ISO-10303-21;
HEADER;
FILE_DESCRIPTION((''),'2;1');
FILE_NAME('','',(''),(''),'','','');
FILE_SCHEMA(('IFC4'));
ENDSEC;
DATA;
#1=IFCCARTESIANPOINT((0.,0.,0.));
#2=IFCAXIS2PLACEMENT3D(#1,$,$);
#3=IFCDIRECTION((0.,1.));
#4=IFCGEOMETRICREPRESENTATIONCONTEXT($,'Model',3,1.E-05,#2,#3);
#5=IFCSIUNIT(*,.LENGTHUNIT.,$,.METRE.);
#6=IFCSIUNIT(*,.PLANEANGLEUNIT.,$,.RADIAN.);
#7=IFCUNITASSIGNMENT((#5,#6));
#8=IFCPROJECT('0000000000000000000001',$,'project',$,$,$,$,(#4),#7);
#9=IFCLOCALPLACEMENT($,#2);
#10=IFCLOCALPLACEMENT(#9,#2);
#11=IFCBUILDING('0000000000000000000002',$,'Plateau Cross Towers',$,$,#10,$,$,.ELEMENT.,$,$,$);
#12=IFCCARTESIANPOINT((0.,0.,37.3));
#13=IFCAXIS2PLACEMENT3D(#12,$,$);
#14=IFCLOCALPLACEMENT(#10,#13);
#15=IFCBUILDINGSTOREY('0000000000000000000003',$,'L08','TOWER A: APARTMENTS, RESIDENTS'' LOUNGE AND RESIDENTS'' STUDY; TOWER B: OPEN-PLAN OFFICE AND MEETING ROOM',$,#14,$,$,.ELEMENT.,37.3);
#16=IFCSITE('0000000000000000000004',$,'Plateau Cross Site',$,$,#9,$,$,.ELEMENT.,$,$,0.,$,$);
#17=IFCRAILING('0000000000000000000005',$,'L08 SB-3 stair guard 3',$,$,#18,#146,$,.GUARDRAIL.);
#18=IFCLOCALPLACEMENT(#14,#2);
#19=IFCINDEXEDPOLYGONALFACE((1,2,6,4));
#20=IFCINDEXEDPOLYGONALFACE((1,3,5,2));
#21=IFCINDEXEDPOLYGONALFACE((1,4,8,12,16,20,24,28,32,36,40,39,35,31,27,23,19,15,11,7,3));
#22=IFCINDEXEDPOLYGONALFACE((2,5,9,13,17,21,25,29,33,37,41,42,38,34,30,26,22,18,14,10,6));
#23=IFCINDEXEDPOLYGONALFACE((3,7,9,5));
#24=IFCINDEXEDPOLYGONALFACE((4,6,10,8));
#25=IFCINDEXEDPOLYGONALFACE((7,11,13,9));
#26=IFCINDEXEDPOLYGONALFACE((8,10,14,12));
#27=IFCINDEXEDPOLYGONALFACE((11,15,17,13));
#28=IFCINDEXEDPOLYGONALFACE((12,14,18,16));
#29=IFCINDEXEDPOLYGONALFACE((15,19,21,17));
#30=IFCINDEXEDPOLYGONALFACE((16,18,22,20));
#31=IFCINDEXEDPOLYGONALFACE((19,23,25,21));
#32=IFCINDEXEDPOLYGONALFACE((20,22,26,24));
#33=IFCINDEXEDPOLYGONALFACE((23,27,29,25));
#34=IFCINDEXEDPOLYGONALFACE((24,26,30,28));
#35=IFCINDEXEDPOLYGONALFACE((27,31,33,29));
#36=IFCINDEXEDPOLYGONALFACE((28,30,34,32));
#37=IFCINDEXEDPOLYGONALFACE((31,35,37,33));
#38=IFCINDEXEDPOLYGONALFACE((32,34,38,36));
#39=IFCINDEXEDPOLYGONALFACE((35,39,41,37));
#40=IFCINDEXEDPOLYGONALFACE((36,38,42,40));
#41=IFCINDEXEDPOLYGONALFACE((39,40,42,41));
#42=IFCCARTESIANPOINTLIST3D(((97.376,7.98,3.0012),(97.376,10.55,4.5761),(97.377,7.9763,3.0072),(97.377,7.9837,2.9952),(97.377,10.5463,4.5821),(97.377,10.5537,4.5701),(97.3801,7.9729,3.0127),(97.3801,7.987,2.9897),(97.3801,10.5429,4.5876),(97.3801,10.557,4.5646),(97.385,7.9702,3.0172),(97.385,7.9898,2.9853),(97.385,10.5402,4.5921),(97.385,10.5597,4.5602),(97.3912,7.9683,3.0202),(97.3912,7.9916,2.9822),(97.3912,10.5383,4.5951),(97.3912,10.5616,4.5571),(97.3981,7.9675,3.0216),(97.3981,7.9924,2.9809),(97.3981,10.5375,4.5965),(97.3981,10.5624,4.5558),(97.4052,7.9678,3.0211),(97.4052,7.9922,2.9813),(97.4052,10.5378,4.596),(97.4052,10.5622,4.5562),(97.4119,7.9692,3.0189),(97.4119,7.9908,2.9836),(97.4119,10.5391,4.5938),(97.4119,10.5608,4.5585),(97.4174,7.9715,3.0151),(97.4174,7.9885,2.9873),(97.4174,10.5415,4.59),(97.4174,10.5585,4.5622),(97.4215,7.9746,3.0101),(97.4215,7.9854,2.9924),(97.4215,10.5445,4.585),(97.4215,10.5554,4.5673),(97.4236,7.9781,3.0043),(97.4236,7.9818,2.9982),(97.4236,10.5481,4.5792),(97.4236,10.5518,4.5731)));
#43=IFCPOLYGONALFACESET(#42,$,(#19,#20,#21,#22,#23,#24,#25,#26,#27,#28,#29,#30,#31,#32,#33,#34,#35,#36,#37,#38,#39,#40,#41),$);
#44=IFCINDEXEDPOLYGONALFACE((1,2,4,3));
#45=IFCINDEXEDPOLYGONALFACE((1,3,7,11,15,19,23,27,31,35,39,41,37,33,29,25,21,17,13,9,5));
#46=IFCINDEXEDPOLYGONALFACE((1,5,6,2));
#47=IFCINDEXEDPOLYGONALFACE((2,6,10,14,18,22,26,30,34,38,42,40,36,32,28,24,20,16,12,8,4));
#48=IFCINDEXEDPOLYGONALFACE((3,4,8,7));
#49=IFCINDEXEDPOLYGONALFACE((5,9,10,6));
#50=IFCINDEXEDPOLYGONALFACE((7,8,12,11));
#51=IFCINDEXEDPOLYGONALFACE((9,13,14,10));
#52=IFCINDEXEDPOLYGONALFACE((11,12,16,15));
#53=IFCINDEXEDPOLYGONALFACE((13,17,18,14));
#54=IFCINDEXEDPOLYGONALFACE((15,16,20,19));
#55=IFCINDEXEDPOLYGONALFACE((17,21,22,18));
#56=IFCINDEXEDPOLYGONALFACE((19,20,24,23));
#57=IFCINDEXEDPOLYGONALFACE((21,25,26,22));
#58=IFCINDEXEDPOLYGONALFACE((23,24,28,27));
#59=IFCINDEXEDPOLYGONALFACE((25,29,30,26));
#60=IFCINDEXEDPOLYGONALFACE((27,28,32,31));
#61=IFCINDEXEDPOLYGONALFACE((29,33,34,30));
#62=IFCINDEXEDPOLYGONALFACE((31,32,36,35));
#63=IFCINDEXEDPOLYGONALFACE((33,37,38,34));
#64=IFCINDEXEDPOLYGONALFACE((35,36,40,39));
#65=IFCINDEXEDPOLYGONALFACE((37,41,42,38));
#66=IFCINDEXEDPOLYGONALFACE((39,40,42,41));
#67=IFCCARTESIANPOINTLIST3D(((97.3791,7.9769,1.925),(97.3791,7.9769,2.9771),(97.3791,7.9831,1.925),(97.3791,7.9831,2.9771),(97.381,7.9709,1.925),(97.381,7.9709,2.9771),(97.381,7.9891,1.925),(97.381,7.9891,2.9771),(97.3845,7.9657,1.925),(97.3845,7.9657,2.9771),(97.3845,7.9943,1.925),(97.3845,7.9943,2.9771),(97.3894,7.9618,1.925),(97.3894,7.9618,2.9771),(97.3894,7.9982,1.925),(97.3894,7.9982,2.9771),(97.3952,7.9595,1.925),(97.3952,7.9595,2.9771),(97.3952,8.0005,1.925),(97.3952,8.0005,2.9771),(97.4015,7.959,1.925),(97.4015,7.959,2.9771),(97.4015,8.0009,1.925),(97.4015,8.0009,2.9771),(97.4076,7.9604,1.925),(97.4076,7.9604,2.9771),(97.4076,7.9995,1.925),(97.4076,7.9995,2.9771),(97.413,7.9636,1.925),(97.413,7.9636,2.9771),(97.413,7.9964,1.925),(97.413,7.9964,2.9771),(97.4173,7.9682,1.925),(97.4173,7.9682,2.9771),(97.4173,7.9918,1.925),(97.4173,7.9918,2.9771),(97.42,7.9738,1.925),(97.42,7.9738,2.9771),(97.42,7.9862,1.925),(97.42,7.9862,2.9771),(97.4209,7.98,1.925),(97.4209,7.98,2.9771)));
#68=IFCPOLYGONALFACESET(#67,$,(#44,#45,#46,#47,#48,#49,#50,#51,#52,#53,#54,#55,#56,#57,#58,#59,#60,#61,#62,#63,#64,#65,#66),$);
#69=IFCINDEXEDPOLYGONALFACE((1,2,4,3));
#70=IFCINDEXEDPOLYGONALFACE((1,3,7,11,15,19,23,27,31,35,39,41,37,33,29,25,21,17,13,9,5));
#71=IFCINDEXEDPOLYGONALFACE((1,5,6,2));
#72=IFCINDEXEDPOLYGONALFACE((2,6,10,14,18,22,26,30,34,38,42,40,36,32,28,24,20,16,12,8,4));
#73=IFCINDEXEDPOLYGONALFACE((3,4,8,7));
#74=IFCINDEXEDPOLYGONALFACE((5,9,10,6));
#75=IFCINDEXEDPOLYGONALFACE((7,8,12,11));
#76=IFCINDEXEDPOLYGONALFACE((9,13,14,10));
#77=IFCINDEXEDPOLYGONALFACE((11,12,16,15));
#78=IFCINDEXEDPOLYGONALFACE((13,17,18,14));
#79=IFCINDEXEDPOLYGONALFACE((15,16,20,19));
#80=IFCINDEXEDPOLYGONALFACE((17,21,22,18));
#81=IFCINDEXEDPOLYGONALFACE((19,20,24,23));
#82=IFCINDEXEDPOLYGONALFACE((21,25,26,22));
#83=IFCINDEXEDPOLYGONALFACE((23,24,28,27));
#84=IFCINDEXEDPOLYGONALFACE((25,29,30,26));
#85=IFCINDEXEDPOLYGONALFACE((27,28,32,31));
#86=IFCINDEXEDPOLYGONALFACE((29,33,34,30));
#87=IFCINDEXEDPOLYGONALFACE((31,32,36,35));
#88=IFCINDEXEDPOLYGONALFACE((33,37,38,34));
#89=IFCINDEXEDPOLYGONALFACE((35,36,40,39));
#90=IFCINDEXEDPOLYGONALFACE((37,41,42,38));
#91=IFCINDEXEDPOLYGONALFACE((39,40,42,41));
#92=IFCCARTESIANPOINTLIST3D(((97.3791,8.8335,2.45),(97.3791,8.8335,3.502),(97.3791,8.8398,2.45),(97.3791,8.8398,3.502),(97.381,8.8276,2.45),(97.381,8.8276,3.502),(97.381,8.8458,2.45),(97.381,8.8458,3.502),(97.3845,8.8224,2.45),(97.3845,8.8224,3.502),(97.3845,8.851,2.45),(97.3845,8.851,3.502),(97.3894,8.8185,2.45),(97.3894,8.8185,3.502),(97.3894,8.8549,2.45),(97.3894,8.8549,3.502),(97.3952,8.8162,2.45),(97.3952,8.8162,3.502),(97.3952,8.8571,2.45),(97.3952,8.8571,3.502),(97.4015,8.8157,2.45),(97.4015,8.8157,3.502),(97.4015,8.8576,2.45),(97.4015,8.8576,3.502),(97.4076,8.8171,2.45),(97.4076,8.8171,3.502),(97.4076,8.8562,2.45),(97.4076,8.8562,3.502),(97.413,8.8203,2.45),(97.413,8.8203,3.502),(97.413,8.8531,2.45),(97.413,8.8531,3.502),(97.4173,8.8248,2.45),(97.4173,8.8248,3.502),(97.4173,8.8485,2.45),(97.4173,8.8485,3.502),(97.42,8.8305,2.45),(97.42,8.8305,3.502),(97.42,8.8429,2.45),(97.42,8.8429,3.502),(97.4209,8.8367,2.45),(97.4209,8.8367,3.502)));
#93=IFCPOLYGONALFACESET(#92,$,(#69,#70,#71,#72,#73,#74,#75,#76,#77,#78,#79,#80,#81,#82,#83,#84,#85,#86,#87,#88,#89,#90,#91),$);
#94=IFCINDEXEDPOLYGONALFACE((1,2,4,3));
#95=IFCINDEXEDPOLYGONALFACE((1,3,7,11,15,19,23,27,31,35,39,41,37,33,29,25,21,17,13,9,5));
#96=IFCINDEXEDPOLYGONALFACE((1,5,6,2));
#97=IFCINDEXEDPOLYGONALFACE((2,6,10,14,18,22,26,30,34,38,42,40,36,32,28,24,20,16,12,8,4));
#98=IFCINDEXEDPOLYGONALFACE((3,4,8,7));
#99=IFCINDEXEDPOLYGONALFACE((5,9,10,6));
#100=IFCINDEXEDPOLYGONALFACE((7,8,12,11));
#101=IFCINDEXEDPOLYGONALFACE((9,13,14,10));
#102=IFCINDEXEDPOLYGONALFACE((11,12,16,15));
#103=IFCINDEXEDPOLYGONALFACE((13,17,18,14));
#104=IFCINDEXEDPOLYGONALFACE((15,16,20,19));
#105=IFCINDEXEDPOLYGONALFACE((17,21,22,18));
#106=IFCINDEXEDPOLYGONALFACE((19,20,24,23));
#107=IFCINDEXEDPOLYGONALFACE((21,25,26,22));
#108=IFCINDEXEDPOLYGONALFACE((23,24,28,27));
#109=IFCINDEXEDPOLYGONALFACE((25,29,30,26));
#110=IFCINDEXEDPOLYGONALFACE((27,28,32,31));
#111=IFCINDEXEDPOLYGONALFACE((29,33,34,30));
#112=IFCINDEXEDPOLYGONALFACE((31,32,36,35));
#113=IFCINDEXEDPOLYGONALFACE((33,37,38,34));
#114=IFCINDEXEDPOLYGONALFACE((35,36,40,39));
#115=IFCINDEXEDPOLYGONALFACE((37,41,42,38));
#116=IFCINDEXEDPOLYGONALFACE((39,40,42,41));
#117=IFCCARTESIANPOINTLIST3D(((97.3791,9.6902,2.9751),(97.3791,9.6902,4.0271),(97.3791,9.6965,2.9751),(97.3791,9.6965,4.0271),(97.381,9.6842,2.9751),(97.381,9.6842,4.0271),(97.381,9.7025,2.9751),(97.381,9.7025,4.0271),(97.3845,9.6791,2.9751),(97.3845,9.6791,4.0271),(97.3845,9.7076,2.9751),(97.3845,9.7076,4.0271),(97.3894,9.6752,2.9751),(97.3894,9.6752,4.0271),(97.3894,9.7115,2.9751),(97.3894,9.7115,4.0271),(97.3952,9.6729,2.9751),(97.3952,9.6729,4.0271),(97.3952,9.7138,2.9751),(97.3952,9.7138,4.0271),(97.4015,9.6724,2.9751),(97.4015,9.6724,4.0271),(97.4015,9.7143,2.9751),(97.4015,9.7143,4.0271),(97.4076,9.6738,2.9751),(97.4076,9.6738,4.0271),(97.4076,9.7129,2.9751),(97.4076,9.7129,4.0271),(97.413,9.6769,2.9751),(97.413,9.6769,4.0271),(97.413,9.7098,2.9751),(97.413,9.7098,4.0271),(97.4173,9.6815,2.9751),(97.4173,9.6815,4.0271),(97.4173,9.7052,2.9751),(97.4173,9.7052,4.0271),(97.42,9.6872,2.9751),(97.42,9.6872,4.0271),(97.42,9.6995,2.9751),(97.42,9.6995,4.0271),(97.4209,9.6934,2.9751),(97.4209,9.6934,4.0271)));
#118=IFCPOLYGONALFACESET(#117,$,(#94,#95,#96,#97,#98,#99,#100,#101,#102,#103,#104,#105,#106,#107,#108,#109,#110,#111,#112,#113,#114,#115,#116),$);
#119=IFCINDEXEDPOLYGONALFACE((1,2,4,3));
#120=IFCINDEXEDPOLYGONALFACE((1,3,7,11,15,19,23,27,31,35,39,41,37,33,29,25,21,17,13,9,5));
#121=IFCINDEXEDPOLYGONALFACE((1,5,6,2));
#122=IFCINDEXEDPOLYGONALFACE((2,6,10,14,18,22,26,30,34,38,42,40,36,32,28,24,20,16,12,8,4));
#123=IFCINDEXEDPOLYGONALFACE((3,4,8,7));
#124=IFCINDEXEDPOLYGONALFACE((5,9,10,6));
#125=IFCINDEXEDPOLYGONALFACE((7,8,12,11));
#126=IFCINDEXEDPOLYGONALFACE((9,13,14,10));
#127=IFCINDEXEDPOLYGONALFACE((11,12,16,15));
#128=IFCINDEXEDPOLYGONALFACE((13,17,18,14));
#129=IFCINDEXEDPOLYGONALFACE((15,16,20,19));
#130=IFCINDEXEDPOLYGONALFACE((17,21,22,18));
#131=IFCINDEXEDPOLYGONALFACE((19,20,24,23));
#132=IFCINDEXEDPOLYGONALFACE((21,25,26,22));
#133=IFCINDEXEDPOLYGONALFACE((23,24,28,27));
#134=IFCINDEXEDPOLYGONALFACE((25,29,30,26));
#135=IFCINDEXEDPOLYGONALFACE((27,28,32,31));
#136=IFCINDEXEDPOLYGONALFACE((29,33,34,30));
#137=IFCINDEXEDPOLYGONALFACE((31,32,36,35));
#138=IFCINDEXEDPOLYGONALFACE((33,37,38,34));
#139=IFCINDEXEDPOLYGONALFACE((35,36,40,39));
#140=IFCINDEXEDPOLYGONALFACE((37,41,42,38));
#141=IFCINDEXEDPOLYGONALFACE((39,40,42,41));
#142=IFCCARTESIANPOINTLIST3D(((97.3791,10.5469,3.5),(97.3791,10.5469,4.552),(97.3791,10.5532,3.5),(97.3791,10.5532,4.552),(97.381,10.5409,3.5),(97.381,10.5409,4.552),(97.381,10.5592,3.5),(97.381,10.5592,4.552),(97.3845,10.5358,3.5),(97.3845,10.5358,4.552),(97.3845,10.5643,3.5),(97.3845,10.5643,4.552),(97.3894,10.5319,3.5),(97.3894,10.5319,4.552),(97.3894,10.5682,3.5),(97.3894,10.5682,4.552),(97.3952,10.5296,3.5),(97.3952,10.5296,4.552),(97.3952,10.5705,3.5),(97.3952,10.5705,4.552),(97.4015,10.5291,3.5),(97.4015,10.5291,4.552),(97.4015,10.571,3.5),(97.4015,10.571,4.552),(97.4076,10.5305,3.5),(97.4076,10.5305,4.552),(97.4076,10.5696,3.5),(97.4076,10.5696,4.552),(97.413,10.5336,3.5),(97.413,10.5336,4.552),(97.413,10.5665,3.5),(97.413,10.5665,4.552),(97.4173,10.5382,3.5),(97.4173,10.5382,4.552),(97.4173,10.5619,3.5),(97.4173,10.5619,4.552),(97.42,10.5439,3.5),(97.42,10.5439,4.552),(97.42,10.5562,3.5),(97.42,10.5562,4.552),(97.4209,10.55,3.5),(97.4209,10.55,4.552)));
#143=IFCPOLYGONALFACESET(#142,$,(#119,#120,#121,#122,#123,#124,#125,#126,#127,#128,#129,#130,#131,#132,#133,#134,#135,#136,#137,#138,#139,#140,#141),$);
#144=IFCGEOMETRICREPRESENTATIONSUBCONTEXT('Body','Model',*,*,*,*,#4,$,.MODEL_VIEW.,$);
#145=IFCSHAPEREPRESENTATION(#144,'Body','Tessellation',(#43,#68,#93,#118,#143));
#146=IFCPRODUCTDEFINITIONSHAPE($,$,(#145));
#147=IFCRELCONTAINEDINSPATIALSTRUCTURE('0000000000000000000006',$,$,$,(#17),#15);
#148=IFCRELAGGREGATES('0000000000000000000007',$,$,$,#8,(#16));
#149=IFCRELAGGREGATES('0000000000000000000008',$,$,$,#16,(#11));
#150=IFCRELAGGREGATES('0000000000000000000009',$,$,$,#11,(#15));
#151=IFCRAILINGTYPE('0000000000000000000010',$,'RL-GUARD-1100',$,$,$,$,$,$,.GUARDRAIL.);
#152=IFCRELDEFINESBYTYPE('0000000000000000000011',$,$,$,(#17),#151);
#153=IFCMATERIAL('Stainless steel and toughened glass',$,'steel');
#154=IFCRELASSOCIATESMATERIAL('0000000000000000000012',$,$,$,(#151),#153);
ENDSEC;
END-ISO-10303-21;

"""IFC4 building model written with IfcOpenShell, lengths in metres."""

from ifc_helpers import new_model, si_unit, direction, frame, origin, origin_2d, place, context, subcontext, project, spatial, circle, extrude, material, type_object, element, save


model = new_model("IFC4")

# Units and contexts
model_context = context("Model", 3, precision=1e-05, world=origin(), true_north=direction((0.0, 1.0)))
body_context = subcontext(model_context, "Body", "Model", "MODEL_VIEW")
ifc_project = project(units=[si_unit("LENGTHUNIT", "METRE"), si_unit("PLANEANGLEUNIT", "RADIAN")], contexts=[model_context])

# Site, building, storey
site_placement = place(None, origin())
site = spatial("IfcSite", under=ifc_project, at=site_placement, Name="Plateau Cross Site", CompositionType="ELEMENT", RefElevation=0.0)
building_placement = place(site_placement, origin())
building = spatial("IfcBuilding", under=site, at=building_placement, Name="Plateau Cross Towers", CompositionType="ELEMENT")
storey_placement = place(building_placement, frame((0.0, 0.0, 37.3)))
storey = spatial("IfcBuildingStorey", under=building, at=storey_placement, Name="L08", Description="TOWER A: APARTMENTS, RESIDENTS' LOUNGE AND RESIDENTS' STUDY; TOWER B: OPEN-PLAN OFFICE AND MEETING ROOM", CompositionType="ELEMENT", Elevation=37.3)

# Railing
ifc_material_1 = material(Name="Stainless steel and toughened glass", Category="steel")
railing_type_1 = type_object("IfcRailingType", Name="RL-GUARD-1100", PredefinedType="GUARDRAIL", material=ifc_material_1)
railing_1_placement = place(storey_placement, frame((97.3999, 7.98, 1.925)))
element("IfcRailing", 1, at=railing_1_placement, inside=storey, type_object=railing_type_1, Name="L08 SB-3 stair guard 3", PredefinedType="GUARDRAIL", context=body_context, shape_type="SweptSolid", body=[
    extrude(circle(Radius=0.0239, at=origin_2d()), frame((0.0, 0.0, 1.0762), z_axis=(0.0, 0.852639, 0.522501), x_axis=(-1.0, 0.0, 0.0)), (0.0, 0.0, 1.0), 3.0142),
    extrude(circle(Radius=0.021, at=origin_2d()), origin(), (0.0, 0.0, 1.0), 1.052),
    extrude(circle(Radius=0.021, at=origin_2d()), frame((0.0, 0.8567, 0.5249)), (0.0, 0.0, 1.0), 1.052),
    extrude(circle(Radius=0.021, at=origin_2d()), frame((0.0, 1.7134, 1.05)), (0.0, 0.0, 1.0), 1.052),
    extrude(circle(Radius=0.021, at=origin_2d()), frame((0.0, 2.5701, 1.575)), (0.0, 0.0, 1.0), 1.052),
])

save(model, "model.ifc")
